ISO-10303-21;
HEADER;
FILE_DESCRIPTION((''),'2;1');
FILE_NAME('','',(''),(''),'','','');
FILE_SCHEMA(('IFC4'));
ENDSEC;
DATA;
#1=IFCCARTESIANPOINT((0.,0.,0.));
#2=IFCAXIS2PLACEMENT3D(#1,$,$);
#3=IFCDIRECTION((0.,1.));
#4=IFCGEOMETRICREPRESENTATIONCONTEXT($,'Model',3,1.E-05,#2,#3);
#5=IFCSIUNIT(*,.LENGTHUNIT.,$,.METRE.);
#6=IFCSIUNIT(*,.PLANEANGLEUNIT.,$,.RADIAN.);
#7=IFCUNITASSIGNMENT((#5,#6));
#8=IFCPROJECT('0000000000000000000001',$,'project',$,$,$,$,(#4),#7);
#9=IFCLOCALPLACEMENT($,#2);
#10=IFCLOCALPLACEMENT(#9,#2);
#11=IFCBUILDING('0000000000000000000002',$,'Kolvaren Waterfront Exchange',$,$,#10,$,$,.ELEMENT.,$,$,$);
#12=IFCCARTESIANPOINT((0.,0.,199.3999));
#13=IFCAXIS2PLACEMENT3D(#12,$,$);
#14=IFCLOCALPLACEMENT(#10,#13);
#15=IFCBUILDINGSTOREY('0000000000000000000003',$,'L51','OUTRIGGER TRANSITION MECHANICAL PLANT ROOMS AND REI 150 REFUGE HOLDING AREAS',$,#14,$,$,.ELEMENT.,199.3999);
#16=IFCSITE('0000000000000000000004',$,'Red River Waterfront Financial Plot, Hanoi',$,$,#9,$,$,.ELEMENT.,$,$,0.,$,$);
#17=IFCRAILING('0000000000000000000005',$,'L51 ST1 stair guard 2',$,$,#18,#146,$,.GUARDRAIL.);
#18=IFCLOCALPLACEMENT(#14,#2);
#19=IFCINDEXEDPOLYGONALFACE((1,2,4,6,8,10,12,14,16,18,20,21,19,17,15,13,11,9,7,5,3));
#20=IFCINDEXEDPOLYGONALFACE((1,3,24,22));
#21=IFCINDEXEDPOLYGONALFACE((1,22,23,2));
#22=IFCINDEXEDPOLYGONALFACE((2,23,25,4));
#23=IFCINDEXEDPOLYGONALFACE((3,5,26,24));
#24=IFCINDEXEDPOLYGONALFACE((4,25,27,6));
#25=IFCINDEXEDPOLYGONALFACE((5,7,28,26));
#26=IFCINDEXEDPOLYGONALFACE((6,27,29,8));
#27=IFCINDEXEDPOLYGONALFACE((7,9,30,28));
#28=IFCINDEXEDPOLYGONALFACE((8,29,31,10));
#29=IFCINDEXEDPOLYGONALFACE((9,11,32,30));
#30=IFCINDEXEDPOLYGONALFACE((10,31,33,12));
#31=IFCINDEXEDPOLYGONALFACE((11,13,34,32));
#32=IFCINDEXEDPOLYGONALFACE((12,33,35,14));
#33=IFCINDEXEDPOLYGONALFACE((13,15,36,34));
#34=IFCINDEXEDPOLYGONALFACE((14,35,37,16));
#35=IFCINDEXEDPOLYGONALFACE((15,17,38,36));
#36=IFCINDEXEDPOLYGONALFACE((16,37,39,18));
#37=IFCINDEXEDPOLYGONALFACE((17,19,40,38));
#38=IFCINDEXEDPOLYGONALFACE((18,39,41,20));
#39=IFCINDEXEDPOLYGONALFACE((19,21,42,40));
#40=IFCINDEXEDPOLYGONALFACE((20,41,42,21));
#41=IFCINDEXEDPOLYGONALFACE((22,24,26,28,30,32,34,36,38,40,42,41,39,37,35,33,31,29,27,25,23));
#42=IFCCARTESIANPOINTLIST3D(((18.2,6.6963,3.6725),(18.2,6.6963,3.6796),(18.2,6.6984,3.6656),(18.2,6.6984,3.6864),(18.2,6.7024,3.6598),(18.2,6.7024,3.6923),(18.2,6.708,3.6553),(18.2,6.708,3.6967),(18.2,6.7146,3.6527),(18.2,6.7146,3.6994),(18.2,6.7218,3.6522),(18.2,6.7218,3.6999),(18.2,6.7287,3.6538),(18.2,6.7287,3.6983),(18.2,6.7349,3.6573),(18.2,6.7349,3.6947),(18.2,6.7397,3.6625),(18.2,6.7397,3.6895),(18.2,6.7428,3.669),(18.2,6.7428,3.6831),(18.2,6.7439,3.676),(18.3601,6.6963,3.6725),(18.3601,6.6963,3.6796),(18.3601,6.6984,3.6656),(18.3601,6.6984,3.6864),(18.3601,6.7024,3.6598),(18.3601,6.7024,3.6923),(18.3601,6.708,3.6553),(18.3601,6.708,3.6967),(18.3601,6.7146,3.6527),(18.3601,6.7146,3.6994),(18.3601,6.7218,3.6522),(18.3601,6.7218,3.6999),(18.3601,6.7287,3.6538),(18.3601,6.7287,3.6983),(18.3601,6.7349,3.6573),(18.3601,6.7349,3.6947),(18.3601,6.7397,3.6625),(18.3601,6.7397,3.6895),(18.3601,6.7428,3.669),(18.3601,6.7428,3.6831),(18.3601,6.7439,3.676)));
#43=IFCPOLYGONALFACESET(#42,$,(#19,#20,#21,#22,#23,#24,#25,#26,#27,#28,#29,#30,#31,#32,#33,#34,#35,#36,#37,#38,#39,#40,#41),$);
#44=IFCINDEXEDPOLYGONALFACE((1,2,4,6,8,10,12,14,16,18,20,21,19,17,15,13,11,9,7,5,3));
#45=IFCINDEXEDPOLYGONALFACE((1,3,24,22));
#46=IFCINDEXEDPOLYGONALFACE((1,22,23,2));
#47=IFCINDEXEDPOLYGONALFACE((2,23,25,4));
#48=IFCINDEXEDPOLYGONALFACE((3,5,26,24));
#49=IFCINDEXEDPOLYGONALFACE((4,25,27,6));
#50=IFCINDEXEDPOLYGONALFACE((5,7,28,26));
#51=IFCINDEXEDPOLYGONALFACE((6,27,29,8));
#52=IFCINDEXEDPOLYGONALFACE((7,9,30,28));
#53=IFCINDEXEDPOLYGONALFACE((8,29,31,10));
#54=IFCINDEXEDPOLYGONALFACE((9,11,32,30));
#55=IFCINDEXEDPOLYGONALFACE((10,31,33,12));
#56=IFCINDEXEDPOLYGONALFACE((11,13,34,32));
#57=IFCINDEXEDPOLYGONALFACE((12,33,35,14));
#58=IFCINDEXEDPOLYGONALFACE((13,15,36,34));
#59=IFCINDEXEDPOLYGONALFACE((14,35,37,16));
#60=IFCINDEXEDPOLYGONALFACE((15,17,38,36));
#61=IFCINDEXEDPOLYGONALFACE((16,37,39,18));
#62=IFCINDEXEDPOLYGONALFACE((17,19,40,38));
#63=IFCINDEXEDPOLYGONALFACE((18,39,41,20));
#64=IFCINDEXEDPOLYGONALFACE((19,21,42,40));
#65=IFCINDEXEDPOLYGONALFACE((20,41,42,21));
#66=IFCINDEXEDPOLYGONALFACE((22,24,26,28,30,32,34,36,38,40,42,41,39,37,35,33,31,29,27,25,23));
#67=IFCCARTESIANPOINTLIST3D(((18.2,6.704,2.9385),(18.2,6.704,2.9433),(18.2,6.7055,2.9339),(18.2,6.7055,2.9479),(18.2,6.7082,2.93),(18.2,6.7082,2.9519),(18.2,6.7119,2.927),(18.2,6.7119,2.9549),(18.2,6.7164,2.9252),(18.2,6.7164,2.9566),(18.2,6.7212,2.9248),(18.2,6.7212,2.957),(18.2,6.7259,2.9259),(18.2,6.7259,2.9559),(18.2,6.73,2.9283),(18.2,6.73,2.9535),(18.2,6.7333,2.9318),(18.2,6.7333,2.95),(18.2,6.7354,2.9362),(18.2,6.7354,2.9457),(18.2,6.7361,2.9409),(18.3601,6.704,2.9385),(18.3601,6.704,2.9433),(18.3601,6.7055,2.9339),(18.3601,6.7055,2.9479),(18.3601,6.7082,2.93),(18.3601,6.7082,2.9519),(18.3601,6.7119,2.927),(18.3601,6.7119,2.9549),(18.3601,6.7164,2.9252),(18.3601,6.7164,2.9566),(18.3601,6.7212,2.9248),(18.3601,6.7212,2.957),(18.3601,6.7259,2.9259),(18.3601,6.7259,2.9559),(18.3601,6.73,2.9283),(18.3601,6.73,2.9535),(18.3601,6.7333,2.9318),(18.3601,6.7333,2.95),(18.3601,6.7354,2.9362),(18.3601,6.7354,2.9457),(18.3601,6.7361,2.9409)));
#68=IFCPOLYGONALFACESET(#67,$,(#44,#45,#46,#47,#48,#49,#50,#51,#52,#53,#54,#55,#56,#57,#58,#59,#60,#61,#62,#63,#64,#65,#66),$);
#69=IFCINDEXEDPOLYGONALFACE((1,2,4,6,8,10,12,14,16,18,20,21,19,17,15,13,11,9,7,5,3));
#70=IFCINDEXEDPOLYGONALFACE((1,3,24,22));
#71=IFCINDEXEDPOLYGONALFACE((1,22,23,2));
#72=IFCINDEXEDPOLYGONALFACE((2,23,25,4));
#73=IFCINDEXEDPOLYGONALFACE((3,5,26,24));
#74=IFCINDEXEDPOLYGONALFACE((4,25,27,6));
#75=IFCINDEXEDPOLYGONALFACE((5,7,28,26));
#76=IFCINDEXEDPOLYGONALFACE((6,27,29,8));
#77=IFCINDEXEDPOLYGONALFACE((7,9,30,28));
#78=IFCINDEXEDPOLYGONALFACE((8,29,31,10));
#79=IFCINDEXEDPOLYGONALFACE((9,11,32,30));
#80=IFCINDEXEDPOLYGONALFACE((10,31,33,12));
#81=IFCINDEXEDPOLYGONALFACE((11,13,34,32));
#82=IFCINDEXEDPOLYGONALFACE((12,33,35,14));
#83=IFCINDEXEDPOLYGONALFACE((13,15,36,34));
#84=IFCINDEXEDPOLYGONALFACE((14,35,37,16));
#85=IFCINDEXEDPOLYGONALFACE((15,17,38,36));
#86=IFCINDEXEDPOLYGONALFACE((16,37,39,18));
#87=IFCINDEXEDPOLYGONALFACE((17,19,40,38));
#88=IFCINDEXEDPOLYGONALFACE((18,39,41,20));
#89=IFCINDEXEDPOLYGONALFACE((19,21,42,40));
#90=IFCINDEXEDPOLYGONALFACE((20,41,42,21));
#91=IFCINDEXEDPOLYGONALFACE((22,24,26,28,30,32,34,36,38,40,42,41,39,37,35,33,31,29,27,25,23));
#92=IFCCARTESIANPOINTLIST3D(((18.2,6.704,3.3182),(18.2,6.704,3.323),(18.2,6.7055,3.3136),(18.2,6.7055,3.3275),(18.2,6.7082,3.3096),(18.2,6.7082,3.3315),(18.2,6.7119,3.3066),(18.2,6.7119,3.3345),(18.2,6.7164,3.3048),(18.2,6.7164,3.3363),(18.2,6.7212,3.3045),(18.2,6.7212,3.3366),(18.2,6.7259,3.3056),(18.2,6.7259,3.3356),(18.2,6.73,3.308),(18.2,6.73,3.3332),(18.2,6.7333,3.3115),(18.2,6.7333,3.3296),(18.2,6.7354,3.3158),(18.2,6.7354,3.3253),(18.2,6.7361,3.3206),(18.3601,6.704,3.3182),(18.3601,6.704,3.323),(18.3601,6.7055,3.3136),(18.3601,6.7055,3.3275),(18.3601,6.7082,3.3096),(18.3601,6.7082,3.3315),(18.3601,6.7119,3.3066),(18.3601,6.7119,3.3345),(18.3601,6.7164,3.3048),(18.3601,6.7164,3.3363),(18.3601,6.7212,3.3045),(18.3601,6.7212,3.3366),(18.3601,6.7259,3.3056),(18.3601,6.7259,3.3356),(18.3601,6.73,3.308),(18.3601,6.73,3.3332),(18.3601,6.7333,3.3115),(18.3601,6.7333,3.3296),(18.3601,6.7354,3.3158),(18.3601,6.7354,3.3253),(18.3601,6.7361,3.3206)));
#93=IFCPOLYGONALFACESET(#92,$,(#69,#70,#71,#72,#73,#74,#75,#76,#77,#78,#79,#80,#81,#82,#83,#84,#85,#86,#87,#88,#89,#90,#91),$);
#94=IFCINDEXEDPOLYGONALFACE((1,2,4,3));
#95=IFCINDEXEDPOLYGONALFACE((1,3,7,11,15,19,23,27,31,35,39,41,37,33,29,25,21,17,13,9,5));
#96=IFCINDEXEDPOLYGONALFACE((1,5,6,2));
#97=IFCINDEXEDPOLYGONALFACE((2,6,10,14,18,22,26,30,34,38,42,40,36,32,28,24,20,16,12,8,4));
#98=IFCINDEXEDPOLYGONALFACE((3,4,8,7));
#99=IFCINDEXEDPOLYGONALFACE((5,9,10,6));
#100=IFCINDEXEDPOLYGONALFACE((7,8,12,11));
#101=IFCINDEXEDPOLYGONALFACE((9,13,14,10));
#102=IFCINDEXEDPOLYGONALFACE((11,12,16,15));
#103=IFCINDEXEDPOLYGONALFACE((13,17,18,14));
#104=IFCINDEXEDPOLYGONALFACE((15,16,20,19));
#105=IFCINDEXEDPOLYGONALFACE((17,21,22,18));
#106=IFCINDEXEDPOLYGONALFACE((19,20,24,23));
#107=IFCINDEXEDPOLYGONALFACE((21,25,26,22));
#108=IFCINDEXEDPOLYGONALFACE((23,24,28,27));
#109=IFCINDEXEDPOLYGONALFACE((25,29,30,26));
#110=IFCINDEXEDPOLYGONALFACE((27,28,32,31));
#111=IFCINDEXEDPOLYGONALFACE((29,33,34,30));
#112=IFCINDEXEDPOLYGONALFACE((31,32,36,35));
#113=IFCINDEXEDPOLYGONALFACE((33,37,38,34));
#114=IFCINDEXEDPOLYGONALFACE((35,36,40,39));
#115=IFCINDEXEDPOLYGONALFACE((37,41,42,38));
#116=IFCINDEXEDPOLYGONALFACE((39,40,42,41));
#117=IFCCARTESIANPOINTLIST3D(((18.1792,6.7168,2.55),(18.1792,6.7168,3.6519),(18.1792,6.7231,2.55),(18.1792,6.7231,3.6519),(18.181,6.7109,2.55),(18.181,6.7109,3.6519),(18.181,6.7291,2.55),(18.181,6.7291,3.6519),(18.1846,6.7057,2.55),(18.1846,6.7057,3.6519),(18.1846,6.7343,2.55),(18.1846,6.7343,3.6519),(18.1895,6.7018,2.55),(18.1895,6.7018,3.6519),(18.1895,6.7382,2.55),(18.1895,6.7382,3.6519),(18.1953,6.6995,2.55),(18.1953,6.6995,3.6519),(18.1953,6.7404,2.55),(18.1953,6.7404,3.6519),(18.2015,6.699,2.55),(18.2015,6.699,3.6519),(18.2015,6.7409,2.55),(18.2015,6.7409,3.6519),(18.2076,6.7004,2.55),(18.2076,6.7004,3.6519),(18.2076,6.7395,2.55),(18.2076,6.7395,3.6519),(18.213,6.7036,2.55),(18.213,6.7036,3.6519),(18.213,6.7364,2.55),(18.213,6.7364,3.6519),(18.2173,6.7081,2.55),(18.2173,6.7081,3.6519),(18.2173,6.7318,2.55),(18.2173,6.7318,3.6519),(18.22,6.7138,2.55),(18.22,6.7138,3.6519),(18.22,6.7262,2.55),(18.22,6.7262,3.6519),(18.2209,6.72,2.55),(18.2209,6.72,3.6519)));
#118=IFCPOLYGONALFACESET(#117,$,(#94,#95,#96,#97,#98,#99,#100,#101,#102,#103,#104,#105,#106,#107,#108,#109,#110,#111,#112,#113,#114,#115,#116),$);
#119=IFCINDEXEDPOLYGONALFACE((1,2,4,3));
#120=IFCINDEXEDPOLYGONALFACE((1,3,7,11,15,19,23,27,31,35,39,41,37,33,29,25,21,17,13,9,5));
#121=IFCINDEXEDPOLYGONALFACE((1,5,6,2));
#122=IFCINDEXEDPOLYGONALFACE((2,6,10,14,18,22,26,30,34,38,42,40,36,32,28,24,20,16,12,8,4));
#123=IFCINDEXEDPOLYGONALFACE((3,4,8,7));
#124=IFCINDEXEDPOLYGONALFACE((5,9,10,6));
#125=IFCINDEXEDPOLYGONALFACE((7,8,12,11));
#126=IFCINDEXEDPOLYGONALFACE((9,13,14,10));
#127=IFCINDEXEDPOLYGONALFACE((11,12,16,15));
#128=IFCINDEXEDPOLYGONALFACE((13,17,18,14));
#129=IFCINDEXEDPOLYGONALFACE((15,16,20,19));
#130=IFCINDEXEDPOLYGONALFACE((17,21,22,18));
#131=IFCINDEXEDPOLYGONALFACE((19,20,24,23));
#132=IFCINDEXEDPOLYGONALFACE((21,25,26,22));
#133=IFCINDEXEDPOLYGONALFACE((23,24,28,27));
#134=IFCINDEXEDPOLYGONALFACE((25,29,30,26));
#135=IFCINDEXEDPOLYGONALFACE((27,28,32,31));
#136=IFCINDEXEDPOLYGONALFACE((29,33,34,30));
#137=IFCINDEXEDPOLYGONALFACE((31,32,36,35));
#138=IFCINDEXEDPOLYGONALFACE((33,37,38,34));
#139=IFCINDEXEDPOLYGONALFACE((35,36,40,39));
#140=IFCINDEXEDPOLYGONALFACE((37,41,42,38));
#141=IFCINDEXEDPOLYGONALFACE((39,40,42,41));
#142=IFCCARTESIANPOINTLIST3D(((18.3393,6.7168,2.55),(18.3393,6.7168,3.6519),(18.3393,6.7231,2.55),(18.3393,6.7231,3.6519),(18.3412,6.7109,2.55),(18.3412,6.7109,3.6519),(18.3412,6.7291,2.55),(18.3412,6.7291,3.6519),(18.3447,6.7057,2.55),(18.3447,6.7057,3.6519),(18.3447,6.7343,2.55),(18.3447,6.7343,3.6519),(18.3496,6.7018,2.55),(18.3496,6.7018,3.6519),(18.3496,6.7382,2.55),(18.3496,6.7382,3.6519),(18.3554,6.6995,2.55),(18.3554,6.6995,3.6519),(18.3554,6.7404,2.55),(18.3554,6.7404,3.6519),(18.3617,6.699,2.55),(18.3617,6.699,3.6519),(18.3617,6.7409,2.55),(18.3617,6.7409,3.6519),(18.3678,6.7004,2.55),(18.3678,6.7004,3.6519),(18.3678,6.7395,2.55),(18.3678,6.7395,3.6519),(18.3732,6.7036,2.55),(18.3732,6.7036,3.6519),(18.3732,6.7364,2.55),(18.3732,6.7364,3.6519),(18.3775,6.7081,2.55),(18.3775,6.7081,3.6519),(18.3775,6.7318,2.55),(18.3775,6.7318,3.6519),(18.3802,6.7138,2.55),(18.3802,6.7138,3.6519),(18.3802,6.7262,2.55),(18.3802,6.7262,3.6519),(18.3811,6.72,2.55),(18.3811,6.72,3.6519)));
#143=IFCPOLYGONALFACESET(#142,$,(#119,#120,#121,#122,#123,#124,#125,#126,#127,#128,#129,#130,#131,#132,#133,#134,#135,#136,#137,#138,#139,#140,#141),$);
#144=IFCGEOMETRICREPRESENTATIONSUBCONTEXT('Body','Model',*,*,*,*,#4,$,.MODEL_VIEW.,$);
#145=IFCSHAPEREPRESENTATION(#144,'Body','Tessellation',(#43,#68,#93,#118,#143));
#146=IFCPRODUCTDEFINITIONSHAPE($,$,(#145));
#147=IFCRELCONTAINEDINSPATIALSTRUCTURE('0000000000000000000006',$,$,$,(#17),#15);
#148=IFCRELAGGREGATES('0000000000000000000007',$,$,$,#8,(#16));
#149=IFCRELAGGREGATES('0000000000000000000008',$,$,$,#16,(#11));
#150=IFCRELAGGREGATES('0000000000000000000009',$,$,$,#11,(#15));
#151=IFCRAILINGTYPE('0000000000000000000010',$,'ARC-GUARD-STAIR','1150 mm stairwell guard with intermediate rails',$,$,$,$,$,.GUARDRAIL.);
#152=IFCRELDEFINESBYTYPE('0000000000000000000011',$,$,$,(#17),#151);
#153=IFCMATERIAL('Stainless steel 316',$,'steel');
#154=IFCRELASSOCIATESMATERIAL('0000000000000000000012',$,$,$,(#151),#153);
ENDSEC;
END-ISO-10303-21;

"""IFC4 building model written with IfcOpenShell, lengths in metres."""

from ifc_helpers import new_model, si_unit, direction, frame, origin, origin_2d, place, context, subcontext, project, spatial, circle, extrude, material, type_object, element, save


model = new_model("IFC4")

# Units and contexts
model_context = context("Model", 3, precision=1e-05, world=origin(), true_north=direction((0.0, 1.0)))
body_context = subcontext(model_context, "Body", "Model", "MODEL_VIEW")
ifc_project = project(units=[si_unit("LENGTHUNIT", "METRE"), si_unit("PLANEANGLEUNIT", "RADIAN")], contexts=[model_context])

# Site, building, storey
site_placement = place(None, origin())
site = spatial("IfcSite", under=ifc_project, at=site_placement, Name="Red River Waterfront Financial Plot, Hanoi", CompositionType="ELEMENT", RefElevation=0.0)
building_placement = place(site_placement, origin())
building = spatial("IfcBuilding", under=site, at=building_placement, Name="Kolvaren Waterfront Exchange", CompositionType="ELEMENT")
storey_placement = place(building_placement, frame((0.0, 0.0, 199.3999)))
storey = spatial("IfcBuildingStorey", under=building, at=storey_placement, Name="L51", Description="OUTRIGGER TRANSITION MECHANICAL PLANT ROOMS AND REI 150 REFUGE HOLDING AREAS", CompositionType="ELEMENT", Elevation=199.3999)

# Railing
ifc_material_1 = material(Name="Stainless steel 316", Category="steel")
railing_type_1 = type_object("IfcRailingType", Name="ARC-GUARD-STAIR", Description="1150 mm stairwell guard with intermediate rails", PredefinedType="GUARDRAIL", material=ifc_material_1)
railing_1_placement = place(storey_placement, frame((18.2, 6.72, 2.55)))
element("IfcRailing", 1, at=railing_1_placement, inside=storey, type_object=railing_type_1, Name="L51 ST1 stair guard 2", PredefinedType="GUARDRAIL", context=body_context, shape_type="SweptSolid", body=[
    extrude(circle(Radius=0.0239, at=origin_2d()), frame((0.0, 0.0, 1.126), z_axis=(1.0, 0.0, 0.0), x_axis=(0.0, 1.0, 0.0)), (0.0, 0.0, 1.0), 0.1602),
    extrude(circle(Radius=0.0161, at=origin_2d()), frame((0.0, 0.0, 0.3909), z_axis=(1.0, 0.0, 0.0), x_axis=(0.0, 1.0, 0.0)), (0.0, 0.0, 1.0), 0.1602),
    extrude(circle(Radius=0.0161, at=origin_2d()), frame((0.0, 0.0, 0.7705), z_axis=(1.0, 0.0, 0.0), x_axis=(0.0, 1.0, 0.0)), (0.0, 0.0, 1.0), 0.1602),
    extrude(circle(Radius=0.021, at=origin_2d()), origin(), (0.0, 0.0, 1.0), 1.1018),
    extrude(circle(Radius=0.021, at=origin_2d()), frame((0.1602, 0.0, 0.0)), (0.0, 0.0, 1.0), 1.1018),
])

save(model, "model.ifc")
